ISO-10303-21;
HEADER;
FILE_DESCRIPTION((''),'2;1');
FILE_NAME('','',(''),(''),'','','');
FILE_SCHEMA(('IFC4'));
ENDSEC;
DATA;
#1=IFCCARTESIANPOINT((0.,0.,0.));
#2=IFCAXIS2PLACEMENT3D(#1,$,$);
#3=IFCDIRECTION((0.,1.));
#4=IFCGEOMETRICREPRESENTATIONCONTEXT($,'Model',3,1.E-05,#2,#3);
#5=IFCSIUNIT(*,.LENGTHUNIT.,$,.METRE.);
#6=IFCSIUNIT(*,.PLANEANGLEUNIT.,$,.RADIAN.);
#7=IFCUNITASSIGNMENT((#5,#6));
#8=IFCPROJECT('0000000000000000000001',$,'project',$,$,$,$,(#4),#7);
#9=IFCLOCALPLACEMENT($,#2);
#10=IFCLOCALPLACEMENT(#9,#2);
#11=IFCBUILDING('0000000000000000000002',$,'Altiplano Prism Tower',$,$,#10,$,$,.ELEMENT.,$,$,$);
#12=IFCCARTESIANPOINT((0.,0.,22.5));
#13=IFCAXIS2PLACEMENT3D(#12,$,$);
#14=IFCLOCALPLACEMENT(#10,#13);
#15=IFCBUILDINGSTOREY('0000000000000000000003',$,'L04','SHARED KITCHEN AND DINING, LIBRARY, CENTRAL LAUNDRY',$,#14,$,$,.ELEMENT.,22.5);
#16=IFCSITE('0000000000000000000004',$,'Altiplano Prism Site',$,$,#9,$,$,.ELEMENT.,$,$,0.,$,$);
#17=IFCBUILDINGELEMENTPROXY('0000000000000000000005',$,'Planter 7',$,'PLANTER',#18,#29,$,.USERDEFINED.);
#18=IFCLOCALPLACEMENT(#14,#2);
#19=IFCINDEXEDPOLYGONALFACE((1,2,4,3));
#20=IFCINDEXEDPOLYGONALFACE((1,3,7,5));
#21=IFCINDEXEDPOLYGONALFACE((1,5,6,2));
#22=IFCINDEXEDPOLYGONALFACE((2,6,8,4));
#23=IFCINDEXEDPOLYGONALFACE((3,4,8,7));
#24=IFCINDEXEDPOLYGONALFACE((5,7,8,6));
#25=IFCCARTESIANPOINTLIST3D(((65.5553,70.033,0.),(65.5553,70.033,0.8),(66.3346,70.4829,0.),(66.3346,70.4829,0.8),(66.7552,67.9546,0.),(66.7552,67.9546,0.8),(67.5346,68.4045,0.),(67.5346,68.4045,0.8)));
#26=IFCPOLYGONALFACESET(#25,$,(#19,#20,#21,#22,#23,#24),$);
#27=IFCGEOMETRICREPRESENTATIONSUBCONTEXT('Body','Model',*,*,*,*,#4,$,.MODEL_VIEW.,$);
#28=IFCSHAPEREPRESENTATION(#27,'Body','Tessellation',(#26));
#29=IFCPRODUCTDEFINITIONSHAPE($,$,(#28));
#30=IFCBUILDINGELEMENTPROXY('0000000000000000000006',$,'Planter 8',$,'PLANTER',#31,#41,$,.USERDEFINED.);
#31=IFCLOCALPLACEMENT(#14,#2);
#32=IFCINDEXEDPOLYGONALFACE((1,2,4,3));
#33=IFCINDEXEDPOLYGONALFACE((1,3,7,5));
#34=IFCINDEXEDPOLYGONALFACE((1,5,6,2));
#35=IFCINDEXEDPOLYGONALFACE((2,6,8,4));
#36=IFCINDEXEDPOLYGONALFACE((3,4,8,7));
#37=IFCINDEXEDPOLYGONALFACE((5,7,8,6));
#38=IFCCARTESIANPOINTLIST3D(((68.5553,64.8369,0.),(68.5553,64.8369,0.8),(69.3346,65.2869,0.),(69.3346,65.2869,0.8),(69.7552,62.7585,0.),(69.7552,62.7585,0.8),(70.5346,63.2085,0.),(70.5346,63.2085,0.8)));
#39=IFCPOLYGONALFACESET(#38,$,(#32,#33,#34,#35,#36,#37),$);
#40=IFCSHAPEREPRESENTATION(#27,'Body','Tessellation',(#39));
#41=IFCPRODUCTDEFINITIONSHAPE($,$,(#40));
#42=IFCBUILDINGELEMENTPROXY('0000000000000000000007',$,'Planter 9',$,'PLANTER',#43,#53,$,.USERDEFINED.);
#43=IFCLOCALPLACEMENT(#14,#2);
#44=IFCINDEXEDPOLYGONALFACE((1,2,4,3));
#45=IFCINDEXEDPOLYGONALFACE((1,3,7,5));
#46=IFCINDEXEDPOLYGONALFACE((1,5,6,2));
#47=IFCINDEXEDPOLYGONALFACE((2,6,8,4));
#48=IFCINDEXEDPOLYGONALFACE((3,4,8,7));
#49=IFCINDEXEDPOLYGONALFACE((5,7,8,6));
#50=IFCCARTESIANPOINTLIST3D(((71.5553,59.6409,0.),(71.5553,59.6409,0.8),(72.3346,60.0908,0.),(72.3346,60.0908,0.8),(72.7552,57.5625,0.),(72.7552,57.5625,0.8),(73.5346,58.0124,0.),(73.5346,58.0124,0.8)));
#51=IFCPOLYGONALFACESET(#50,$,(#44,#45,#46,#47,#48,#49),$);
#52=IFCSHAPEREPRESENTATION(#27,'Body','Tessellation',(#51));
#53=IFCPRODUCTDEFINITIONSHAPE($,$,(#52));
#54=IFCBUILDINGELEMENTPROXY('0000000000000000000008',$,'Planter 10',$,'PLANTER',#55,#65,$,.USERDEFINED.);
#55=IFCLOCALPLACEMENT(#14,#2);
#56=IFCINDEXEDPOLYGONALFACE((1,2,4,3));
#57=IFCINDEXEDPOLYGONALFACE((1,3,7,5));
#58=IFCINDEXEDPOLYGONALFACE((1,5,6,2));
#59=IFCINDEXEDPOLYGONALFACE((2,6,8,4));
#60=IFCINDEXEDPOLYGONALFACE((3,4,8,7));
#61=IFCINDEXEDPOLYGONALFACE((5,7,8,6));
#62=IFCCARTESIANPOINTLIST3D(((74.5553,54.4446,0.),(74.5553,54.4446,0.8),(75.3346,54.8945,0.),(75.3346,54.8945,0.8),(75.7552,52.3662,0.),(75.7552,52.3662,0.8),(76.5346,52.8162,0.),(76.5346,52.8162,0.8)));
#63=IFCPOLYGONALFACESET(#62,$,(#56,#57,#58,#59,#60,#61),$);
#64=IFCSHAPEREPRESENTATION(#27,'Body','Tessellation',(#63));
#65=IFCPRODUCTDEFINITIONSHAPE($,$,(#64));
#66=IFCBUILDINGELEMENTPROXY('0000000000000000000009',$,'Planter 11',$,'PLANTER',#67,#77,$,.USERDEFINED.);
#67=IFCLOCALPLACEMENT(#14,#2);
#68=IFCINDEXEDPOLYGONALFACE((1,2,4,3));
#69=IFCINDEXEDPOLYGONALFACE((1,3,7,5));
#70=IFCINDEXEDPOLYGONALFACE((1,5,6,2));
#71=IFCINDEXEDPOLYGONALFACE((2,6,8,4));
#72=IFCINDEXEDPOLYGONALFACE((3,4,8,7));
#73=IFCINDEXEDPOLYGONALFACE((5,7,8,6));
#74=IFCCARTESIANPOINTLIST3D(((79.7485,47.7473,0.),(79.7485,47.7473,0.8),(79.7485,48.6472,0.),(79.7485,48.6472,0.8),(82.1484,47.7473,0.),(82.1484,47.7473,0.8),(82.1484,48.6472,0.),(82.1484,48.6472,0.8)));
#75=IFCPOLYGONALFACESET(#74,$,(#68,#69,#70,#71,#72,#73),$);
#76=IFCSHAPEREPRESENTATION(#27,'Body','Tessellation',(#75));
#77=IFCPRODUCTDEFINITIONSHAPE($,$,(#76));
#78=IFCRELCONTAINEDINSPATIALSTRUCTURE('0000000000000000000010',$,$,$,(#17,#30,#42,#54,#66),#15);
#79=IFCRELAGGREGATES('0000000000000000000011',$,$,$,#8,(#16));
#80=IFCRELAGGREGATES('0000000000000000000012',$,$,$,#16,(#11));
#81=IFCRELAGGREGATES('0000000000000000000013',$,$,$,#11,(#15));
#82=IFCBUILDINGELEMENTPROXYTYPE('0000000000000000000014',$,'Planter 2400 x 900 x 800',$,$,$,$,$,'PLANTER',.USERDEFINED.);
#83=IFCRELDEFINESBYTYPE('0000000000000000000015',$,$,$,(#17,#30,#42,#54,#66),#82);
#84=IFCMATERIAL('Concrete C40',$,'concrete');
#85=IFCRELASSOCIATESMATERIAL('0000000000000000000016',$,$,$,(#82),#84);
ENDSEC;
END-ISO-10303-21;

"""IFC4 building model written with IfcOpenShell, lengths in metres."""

from ifc_helpers import new_model, si_unit, direction, frame, origin, origin_2d, place, context, subcontext, project, spatial, rectangle, extrude, material, type_object, element, save


model = new_model("IFC4")

# Units and contexts
model_context = context("Model", 3, precision=1e-05, world=origin(), true_north=direction((0.0, 1.0)))
body_context = subcontext(model_context, "Body", "Model", "MODEL_VIEW")
ifc_project = project(units=[si_unit("LENGTHUNIT", "METRE"), si_unit("PLANEANGLEUNIT", "RADIAN")], contexts=[model_context])

# Site, building, storey
site_placement = place(None, origin())
site = spatial("IfcSite", under=ifc_project, at=site_placement, Name="Altiplano Prism Site", CompositionType="ELEMENT", RefElevation=0.0)
building_placement = place(site_placement, origin())
building = spatial("IfcBuilding", under=site, at=building_placement, Name="Altiplano Prism Tower", CompositionType="ELEMENT")
storey_placement = place(building_placement, frame((0.0, 0.0, 22.5)))
storey = spatial("IfcBuildingStorey", under=building, at=storey_placement, Name="L04", Description="SHARED KITCHEN AND DINING, LIBRARY, CENTRAL LAUNDRY", CompositionType="ELEMENT", Elevation=22.5)

# Shared definitions
ifc_material_1 = material(Name="Concrete C40", Category="concrete")

# Building element proxies
building_element_proxy_type = type_object("IfcBuildingElementProxyType", Name="Planter 2400 x 900 x 800", ElementType="PLANTER", PredefinedType="USERDEFINED", material=ifc_material_1)
for number, where, z_axis, x_axis, name in (
    (1, (66.5449, 69.2188, 0.0), (0.0, 0.0, 1.0), (0.5, -0.866025, 0.0), "Planter 7"),
    (2, (69.5449, 64.0227, 0.0), (0.0, 0.0, 1.0), (0.5, -0.866025, 0.0), "Planter 8"),
    (3, (72.5449, 58.8267, 0.0), (0.0, 0.0, 1.0), (0.5, -0.866025, 0.0), "Planter 9"),
    (4, (75.5449, 53.6304, 0.0), (0.0, 0.0, 1.0), (0.5, -0.866025, 0.0), "Planter 10"),
    (5, (80.9485, 48.1973, 0.0), (0.0, 0.0, 1.0), (1.0, 0.0, 0.0), "Planter 11"),
):
    element("IfcBuildingElementProxy", number, at=place(storey_placement, frame(where, z_axis=z_axis, x_axis=x_axis)), inside=storey, type_object=building_element_proxy_type, Name=name, ObjectType="PLANTER", PredefinedType="USERDEFINED", context=body_context, shape_type="SweptSolid", body=[
        extrude(rectangle(XDim=2.3999, YDim=0.8999, at=origin_2d()), origin(), (0.0, 0.0, 1.0), 0.8),
    ])

save(model, "model.ifc")
